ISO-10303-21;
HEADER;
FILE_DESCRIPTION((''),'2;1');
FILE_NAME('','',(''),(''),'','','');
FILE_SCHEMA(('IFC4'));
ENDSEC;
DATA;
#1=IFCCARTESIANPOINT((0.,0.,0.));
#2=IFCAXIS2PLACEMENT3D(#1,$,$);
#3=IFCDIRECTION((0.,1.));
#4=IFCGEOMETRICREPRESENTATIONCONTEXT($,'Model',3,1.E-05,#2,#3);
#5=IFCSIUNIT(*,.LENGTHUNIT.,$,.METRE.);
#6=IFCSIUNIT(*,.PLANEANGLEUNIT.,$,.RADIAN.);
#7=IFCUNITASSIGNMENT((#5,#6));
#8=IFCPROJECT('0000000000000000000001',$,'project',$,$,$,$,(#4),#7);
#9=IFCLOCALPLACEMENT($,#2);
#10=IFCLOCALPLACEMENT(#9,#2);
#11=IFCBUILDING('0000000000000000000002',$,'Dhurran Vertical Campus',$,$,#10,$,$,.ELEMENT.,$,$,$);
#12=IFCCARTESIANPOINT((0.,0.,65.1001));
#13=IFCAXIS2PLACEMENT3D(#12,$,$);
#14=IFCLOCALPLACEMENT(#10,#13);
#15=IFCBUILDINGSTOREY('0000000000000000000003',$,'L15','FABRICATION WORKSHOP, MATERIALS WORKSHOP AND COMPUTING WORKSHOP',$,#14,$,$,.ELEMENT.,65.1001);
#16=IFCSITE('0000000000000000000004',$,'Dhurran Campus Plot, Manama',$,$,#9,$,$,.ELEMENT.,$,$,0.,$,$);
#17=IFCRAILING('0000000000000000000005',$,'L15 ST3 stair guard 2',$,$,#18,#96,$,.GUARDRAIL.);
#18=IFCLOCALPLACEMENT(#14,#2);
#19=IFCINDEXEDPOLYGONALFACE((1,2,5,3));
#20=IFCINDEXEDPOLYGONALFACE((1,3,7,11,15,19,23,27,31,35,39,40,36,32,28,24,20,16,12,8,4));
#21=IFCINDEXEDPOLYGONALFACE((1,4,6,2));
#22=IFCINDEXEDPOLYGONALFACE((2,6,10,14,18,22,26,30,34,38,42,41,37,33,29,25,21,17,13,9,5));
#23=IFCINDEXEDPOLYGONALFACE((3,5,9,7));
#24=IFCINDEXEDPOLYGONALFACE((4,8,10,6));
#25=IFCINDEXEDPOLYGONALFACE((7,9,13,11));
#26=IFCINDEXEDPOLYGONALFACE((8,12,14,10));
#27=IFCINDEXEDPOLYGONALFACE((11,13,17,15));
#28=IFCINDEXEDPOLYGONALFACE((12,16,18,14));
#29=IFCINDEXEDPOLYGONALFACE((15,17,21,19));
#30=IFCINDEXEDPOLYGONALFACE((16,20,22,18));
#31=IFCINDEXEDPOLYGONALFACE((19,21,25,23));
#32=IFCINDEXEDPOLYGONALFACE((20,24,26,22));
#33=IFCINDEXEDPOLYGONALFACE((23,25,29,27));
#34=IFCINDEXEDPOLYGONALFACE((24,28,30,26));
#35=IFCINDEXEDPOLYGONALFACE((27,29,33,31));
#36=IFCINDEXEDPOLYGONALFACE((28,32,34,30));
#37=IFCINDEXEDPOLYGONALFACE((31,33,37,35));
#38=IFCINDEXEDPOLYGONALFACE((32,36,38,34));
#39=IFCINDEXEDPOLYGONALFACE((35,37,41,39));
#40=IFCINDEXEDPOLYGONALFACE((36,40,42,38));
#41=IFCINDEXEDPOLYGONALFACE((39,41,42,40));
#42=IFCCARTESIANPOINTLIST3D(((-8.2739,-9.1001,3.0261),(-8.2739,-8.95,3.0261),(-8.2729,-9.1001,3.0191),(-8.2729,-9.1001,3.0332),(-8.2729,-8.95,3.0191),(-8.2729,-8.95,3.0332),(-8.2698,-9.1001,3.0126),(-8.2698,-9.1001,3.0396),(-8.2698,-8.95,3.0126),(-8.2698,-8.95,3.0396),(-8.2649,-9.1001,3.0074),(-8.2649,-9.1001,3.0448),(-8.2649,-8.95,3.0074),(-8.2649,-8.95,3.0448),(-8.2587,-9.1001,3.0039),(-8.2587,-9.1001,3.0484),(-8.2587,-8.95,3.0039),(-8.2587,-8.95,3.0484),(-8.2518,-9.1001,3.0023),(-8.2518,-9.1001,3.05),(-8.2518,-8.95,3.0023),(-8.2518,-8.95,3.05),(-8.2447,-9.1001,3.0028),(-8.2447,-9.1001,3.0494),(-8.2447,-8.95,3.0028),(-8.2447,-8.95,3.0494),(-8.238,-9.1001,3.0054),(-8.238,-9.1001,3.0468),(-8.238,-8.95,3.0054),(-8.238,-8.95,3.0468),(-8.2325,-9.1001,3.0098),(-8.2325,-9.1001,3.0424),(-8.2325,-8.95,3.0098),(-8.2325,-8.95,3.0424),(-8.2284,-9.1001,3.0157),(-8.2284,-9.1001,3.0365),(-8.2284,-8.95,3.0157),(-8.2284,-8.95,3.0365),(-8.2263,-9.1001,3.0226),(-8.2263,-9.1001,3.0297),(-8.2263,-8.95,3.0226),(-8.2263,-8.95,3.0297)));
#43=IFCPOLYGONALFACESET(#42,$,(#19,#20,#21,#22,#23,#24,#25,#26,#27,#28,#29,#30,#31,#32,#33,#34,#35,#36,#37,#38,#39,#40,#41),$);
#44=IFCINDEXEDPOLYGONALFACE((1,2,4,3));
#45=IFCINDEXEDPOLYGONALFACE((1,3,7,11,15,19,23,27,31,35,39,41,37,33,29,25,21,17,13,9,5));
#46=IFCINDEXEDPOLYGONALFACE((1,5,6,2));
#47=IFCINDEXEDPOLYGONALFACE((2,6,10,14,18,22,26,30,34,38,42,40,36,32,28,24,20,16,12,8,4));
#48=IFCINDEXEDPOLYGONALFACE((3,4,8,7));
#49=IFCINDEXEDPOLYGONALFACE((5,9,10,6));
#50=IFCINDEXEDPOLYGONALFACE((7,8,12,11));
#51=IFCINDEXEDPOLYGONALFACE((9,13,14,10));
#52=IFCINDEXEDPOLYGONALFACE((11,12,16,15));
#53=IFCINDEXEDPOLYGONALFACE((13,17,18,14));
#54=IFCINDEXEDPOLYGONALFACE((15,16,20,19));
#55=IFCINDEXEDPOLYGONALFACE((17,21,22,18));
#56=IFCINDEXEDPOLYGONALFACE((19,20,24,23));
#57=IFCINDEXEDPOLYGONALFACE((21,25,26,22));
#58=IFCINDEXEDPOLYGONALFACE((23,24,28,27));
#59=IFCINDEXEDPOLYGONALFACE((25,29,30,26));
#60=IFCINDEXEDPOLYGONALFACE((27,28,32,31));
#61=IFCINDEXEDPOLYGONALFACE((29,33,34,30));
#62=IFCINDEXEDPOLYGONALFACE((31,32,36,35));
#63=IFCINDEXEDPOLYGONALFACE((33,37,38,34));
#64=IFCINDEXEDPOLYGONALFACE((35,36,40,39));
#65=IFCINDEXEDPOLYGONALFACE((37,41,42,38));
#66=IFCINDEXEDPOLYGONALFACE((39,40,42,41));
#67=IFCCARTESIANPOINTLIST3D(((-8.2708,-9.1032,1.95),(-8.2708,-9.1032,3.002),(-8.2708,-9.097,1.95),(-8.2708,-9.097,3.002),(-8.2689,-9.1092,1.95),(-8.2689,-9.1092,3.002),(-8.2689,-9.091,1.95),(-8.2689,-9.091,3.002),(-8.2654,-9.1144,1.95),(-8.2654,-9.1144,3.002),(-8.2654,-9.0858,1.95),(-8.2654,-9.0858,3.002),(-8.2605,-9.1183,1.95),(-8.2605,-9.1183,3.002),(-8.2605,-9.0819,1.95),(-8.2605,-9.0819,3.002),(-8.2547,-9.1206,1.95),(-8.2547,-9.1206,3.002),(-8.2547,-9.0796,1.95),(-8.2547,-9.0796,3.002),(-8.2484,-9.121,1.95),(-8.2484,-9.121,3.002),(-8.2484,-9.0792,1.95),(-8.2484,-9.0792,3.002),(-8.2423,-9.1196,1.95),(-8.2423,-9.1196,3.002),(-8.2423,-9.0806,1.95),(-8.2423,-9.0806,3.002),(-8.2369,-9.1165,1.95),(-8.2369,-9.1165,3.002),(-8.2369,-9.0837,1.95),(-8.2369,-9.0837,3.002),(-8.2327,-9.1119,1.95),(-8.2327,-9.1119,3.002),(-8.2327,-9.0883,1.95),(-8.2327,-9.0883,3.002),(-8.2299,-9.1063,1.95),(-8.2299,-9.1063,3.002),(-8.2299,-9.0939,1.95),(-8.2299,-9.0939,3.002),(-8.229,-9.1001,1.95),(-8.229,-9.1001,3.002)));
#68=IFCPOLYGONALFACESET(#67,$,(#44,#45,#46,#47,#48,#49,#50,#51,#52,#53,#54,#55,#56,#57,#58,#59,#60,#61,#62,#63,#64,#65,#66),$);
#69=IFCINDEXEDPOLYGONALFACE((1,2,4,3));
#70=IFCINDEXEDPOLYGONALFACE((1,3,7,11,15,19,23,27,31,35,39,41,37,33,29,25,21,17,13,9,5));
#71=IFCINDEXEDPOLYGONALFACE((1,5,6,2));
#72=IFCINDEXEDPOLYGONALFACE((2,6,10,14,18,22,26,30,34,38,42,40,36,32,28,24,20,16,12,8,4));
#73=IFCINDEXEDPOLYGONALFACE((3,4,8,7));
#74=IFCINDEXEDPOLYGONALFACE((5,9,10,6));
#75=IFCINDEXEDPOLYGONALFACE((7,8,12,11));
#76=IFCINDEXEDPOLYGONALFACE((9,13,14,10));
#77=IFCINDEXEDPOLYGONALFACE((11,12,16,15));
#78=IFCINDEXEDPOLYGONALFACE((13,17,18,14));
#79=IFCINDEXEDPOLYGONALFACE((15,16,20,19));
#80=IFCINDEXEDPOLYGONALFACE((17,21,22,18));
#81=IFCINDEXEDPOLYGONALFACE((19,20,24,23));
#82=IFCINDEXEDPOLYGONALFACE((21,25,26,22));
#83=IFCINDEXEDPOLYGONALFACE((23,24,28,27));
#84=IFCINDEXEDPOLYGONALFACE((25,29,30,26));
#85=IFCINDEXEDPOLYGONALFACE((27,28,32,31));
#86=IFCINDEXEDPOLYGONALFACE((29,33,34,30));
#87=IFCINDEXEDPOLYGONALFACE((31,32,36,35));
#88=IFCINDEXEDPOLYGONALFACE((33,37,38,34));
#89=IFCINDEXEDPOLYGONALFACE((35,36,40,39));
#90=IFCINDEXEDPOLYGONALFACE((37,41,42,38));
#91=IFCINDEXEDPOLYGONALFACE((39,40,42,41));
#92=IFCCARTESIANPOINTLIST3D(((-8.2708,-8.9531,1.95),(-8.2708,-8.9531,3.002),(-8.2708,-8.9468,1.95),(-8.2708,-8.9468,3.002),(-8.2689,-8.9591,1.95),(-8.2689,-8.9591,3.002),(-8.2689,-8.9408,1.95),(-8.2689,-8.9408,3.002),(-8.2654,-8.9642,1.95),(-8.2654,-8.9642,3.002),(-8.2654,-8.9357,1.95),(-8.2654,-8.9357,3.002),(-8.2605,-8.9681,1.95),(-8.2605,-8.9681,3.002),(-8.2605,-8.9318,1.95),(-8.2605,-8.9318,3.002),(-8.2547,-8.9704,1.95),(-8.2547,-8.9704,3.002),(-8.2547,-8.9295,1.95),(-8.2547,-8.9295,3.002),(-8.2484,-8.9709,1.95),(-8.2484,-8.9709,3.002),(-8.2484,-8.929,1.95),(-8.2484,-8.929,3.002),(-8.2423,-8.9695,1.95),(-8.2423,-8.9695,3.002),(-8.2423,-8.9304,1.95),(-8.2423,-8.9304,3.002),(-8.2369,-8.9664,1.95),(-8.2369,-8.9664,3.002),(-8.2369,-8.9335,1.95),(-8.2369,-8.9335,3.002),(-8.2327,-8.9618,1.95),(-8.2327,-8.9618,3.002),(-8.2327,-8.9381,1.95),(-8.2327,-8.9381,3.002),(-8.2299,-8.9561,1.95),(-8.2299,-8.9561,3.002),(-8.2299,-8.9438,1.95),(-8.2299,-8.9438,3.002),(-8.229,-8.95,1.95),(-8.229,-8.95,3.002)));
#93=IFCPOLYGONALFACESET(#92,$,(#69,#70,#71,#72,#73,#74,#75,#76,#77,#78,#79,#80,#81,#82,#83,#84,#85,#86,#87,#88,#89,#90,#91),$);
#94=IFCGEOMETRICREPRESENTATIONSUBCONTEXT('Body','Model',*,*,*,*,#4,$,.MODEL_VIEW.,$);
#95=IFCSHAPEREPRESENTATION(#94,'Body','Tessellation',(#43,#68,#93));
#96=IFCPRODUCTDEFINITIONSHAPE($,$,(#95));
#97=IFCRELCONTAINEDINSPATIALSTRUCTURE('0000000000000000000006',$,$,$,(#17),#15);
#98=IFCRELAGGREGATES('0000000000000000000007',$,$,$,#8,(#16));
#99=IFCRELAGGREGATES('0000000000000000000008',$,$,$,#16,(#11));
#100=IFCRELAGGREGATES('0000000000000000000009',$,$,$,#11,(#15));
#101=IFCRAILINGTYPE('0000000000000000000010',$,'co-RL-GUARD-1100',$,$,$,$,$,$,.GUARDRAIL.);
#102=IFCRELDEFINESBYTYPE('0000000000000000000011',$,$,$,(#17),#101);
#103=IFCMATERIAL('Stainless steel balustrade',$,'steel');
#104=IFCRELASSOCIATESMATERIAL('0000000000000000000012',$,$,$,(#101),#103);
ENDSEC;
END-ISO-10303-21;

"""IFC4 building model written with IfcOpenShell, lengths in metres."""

from ifc_helpers import new_model, si_unit, direction, frame, origin, origin_2d, place, context, subcontext, project, spatial, circle, extrude, material, type_object, element, save


model = new_model("IFC4")

# Units and contexts
model_context = context("Model", 3, precision=1e-05, world=origin(), true_north=direction((0.0, 1.0)))
body_context = subcontext(model_context, "Body", "Model", "MODEL_VIEW")
ifc_project = project(units=[si_unit("LENGTHUNIT", "METRE"), si_unit("PLANEANGLEUNIT", "RADIAN")], contexts=[model_context])

# Site, building, storey
site_placement = place(None, origin())
site = spatial("IfcSite", under=ifc_project, at=site_placement, Name="Dhurran Campus Plot, Manama", CompositionType="ELEMENT", RefElevation=0.0)
building_placement = place(site_placement, origin())
building = spatial("IfcBuilding", under=site, at=building_placement, Name="Dhurran Vertical Campus", CompositionType="ELEMENT")
storey_placement = place(building_placement, frame((0.0, 0.0, 65.1001)))
storey = spatial("IfcBuildingStorey", under=building, at=storey_placement, Name="L15", Description="FABRICATION WORKSHOP, MATERIALS WORKSHOP AND COMPUTING WORKSHOP", CompositionType="ELEMENT", Elevation=65.1001)

# Railing
ifc_material_1 = material(Name="Stainless steel balustrade", Category="steel")
railing_type_1 = type_object("IfcRailingType", Name="co-RL-GUARD-1100", PredefinedType="GUARDRAIL", material=ifc_material_1)
railing_1_placement = place(storey_placement, frame((-8.25, -9.1001, 1.95)))
element("IfcRailing", 1, at=railing_1_placement, inside=storey, type_object=railing_type_1, Name="L15 ST3 stair guard 2", PredefinedType="GUARDRAIL", context=body_context, shape_type="SweptSolid", body=[
    extrude(circle(Radius=0.0239, at=origin_2d()), frame((0.0, 0.0, 1.0762), z_axis=(0.0, 1.0, 0.0), x_axis=(-1.0, 0.0, 0.0)), (0.0, 0.0, 1.0), 0.1501),
    extrude(circle(Radius=0.021, at=origin_2d()), origin(), (0.0, 0.0, 1.0), 1.052),
    extrude(circle(Radius=0.021, at=origin_2d()), frame((0.0, 0.1501, 0.0)), (0.0, 0.0, 1.0), 1.052),
])

save(model, "model.ifc")
